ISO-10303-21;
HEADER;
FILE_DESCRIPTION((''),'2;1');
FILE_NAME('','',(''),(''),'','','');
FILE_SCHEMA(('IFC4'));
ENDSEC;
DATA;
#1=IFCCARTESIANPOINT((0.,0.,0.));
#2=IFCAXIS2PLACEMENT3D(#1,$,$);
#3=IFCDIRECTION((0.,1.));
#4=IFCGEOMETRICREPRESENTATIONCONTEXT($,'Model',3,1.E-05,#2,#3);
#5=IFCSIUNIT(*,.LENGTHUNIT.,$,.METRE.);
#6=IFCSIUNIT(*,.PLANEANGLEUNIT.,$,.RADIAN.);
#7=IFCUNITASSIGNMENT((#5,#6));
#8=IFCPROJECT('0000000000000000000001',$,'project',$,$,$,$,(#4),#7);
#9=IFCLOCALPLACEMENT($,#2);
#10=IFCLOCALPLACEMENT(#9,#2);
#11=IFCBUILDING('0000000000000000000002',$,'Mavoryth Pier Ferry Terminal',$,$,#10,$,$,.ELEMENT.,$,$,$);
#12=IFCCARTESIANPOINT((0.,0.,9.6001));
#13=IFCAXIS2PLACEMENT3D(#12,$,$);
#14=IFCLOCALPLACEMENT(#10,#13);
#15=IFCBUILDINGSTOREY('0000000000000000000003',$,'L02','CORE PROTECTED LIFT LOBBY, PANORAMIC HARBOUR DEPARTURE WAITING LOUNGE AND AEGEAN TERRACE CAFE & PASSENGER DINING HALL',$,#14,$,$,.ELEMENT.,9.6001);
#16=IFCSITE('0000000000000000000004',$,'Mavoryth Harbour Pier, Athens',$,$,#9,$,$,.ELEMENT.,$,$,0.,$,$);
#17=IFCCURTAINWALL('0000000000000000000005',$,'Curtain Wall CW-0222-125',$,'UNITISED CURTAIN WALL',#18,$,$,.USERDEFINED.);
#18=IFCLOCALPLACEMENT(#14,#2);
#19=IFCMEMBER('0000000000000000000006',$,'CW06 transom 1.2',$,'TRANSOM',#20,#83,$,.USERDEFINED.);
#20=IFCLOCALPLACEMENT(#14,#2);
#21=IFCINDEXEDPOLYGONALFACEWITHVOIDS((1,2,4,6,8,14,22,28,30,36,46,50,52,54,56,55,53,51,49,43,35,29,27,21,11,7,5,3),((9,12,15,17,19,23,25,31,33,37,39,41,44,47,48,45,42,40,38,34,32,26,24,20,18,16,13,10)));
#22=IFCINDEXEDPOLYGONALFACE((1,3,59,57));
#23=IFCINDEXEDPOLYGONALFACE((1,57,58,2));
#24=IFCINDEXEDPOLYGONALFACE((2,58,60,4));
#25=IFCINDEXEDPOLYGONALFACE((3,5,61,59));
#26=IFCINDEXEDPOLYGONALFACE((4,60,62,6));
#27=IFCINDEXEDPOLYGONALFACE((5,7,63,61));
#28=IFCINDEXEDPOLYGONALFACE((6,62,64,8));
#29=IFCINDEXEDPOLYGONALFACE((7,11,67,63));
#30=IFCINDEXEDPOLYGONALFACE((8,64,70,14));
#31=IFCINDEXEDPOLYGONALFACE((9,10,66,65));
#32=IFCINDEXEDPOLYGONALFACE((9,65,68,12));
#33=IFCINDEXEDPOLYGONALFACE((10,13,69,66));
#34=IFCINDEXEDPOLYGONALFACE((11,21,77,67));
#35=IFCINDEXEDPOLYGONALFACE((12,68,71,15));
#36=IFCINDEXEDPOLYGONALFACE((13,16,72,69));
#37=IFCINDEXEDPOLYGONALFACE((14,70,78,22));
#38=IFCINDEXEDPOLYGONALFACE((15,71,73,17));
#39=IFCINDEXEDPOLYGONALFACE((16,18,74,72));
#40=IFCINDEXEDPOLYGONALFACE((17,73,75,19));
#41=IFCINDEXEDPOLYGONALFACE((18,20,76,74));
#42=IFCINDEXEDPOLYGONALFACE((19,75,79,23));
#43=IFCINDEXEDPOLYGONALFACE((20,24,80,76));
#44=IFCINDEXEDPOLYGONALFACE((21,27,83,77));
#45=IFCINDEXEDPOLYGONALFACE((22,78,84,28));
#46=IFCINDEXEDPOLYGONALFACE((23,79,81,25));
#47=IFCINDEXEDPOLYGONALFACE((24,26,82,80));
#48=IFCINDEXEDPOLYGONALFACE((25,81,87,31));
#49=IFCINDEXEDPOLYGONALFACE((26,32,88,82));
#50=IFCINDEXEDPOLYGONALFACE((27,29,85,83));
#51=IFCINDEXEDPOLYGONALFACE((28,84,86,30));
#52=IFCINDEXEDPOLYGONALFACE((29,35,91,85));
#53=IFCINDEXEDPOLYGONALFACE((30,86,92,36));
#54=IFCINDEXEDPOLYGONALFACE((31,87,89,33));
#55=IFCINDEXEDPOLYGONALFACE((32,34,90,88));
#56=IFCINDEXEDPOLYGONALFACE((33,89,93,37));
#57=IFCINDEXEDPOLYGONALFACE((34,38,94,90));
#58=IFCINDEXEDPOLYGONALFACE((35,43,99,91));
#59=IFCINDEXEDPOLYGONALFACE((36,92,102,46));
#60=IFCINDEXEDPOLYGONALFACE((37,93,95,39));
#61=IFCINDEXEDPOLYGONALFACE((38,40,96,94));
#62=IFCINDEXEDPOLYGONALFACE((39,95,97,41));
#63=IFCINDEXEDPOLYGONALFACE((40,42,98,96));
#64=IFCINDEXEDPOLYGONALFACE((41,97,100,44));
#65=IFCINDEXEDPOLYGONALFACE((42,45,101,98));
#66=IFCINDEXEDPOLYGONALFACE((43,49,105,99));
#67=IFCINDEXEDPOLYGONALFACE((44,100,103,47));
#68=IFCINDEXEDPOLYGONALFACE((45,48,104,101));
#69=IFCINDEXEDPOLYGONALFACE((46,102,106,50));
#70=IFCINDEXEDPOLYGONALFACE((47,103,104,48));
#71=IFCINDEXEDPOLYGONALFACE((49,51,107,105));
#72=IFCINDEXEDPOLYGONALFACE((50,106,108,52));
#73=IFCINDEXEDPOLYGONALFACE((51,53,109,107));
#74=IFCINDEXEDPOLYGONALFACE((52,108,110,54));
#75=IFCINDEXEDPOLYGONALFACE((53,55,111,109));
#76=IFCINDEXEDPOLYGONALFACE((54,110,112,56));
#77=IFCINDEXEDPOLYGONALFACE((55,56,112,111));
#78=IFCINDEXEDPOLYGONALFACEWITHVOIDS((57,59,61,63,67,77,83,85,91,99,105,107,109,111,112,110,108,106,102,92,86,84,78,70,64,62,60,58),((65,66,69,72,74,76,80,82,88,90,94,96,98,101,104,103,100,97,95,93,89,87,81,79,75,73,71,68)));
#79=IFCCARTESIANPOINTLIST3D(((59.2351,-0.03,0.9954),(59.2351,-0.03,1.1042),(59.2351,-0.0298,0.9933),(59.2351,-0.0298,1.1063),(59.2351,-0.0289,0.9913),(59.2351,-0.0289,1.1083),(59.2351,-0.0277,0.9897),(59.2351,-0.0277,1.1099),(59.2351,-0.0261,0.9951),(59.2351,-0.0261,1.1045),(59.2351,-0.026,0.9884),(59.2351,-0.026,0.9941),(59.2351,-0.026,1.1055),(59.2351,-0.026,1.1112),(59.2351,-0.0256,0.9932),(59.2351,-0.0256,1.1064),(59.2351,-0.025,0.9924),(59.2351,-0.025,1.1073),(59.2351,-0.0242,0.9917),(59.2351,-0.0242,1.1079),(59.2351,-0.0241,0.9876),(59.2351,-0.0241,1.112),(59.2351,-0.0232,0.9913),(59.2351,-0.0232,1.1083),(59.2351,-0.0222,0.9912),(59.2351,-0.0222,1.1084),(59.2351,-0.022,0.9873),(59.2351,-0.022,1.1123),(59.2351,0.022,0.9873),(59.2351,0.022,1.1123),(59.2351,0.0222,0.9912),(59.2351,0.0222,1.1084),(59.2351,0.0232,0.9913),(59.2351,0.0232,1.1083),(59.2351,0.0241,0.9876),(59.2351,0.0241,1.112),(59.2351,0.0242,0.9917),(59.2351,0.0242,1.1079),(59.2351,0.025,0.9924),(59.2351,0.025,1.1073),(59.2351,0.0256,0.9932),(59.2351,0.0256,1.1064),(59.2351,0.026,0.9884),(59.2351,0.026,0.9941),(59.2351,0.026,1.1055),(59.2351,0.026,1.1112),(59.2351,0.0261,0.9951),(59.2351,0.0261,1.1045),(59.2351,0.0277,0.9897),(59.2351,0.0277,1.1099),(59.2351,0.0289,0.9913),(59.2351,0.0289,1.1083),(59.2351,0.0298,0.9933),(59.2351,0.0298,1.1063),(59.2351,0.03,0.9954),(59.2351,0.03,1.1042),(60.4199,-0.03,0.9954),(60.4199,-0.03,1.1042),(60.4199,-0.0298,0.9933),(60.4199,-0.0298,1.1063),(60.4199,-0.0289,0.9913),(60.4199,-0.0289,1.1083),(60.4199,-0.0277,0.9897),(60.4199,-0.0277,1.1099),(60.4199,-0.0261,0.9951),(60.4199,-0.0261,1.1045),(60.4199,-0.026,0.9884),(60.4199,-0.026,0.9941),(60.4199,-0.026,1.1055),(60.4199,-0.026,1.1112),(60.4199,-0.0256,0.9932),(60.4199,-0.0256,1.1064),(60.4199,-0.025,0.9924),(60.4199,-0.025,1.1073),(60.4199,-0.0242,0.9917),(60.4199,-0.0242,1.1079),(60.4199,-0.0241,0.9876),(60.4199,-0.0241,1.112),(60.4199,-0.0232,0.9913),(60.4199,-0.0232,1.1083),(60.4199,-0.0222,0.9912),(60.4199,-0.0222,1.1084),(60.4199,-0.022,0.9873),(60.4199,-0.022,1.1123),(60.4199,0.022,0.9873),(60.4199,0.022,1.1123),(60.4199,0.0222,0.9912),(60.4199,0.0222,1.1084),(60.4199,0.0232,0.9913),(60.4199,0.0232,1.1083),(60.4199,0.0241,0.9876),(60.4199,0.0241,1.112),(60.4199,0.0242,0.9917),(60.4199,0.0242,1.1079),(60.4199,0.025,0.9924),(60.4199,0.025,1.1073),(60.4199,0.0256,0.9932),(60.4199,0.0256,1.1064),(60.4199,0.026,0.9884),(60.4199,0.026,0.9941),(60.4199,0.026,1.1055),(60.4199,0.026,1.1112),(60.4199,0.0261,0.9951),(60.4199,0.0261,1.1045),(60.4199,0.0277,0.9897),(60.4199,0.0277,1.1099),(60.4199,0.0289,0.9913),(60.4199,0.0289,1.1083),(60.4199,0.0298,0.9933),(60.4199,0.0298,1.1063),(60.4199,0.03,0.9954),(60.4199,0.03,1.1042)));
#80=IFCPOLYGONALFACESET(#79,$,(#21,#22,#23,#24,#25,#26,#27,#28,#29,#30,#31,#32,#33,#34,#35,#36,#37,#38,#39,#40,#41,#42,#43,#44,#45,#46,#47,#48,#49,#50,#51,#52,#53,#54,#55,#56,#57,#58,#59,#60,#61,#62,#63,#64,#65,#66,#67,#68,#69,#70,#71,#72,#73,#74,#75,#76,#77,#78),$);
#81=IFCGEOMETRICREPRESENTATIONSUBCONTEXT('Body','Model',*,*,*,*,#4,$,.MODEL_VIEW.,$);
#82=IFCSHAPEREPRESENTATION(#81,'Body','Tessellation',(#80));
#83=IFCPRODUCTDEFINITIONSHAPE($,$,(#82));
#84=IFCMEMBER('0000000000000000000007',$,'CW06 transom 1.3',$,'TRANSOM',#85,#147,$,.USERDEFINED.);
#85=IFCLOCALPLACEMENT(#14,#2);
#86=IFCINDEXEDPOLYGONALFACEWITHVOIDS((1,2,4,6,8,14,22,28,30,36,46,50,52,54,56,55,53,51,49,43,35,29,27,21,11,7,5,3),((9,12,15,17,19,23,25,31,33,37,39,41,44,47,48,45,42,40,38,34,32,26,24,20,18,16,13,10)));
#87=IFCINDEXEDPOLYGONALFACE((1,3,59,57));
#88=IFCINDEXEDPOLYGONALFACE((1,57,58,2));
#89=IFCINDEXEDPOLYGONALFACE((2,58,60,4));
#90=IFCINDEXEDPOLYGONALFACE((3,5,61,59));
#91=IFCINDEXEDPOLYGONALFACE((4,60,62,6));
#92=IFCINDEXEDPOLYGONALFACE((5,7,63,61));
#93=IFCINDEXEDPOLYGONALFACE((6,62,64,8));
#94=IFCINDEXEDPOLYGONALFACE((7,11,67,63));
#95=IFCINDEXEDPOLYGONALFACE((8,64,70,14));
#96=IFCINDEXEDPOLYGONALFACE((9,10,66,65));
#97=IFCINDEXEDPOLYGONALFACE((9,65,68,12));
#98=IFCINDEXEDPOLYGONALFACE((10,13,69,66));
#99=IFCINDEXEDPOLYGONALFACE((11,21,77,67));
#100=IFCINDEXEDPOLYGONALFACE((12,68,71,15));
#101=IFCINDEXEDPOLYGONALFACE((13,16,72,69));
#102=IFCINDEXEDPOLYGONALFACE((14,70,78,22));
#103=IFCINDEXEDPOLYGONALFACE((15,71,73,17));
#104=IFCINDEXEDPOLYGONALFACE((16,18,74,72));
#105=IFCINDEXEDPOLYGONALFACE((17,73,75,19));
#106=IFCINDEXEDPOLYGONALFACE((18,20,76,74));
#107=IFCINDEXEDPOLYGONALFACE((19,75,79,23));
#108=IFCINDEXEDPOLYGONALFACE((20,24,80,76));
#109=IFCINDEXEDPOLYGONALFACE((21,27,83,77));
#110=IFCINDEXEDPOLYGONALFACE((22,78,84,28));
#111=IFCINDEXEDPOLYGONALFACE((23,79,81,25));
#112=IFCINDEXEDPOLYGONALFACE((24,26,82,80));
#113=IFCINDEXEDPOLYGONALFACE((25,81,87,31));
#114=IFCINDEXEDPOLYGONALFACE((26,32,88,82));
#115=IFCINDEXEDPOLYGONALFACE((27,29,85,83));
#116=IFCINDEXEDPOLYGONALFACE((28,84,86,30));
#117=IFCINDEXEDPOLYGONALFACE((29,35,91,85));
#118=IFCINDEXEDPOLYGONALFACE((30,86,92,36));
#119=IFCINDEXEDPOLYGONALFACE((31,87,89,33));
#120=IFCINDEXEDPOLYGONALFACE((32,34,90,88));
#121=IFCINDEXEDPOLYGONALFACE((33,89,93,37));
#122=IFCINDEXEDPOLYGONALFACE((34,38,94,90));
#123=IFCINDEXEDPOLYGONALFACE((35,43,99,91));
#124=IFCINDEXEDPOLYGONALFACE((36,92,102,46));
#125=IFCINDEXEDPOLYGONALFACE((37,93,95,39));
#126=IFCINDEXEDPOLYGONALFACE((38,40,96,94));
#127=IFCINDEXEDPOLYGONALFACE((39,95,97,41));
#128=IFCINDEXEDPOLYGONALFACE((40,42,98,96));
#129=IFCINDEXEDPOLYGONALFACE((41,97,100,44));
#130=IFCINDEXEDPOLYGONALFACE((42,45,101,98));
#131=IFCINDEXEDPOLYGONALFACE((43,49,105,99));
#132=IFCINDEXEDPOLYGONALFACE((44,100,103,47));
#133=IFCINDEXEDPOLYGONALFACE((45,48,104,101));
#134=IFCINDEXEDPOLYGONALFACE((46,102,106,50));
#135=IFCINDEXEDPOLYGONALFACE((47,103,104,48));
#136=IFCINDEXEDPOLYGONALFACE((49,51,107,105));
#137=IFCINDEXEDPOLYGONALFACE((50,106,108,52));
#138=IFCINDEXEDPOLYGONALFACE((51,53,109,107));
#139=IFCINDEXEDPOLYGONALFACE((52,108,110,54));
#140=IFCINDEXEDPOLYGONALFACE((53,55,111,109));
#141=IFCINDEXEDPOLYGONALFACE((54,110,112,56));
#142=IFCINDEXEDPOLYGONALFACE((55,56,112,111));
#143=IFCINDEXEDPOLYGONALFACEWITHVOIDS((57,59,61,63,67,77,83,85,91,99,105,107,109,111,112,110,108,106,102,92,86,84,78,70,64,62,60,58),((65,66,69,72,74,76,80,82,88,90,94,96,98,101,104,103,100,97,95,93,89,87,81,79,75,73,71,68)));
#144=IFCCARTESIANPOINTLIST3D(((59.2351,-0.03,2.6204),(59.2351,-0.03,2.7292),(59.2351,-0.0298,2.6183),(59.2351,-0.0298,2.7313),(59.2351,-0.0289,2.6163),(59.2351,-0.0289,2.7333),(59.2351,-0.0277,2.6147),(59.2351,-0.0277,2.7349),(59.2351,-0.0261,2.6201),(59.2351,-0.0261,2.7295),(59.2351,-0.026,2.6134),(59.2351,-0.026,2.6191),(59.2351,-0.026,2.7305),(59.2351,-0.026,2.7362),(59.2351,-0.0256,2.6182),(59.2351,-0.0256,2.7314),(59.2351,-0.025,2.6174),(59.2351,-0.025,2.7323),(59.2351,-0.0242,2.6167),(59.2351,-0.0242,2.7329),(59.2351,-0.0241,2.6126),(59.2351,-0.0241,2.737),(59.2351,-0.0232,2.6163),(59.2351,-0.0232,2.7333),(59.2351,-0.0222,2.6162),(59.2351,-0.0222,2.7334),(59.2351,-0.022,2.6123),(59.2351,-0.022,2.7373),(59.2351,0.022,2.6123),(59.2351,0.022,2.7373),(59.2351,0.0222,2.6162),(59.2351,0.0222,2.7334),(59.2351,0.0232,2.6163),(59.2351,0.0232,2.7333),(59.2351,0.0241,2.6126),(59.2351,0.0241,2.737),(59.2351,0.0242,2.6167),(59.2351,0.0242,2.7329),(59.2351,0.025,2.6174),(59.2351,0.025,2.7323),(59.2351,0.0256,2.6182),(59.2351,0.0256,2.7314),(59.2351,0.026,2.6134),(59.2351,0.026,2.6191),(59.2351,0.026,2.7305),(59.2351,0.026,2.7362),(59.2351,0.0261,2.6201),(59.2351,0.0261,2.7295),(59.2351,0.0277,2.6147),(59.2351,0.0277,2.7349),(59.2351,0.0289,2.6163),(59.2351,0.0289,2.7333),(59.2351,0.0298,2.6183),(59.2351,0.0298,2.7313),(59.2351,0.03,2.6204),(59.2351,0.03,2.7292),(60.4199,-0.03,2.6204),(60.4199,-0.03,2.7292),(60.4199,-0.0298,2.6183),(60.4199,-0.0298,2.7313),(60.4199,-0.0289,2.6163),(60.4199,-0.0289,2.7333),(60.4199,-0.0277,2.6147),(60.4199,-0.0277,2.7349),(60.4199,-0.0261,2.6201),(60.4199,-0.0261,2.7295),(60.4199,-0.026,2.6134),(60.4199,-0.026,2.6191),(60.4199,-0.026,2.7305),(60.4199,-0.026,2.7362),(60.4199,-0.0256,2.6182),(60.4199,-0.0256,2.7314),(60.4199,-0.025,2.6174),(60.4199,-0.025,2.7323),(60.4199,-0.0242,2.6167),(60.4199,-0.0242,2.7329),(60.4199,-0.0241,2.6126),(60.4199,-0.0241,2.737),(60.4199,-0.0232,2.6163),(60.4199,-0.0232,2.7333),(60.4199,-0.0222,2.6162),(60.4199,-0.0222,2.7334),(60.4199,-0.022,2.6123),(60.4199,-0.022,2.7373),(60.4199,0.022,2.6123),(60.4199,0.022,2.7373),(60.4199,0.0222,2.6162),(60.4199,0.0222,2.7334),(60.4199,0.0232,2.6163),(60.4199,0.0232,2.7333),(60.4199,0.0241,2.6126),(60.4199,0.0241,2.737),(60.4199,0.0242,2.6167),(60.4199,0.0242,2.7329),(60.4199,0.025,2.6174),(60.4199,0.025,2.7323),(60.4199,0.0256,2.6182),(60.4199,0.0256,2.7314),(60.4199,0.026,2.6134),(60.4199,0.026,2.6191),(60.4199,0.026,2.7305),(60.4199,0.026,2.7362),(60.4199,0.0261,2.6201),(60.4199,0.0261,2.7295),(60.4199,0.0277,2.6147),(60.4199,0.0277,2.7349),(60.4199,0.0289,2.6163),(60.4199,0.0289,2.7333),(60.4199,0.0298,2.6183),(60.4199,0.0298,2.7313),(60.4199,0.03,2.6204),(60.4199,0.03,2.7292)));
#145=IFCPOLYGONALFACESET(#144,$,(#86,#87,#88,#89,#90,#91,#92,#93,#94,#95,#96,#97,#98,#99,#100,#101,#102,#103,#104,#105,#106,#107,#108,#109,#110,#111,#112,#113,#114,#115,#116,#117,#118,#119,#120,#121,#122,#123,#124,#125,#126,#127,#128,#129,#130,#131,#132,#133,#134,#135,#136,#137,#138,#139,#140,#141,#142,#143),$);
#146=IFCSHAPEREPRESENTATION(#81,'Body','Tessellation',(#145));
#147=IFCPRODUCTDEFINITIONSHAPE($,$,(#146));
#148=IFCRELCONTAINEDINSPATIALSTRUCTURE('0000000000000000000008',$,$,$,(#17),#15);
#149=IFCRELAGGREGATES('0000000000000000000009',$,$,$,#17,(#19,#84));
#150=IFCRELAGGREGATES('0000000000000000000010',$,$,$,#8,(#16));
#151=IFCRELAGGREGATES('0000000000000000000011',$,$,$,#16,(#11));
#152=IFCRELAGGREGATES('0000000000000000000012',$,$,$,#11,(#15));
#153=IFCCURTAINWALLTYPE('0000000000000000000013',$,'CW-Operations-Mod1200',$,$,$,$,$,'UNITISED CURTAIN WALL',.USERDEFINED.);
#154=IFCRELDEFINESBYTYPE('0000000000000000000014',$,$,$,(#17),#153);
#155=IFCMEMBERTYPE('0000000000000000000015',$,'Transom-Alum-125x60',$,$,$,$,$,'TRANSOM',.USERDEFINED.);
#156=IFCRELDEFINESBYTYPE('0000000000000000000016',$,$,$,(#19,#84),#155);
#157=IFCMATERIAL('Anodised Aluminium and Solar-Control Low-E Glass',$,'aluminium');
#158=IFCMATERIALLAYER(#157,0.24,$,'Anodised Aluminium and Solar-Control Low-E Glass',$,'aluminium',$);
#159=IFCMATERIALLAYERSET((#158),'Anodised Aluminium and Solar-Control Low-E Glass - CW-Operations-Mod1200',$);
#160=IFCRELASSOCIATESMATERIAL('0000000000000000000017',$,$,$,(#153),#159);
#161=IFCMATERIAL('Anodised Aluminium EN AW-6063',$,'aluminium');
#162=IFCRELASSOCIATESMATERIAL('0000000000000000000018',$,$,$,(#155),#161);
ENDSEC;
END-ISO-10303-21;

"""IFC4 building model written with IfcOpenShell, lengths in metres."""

from ifc_helpers import new_model, si_unit, direction, frame, origin, origin_2d, place, context, subcontext, project, spatial, hollow_rectangle, extrude, material, layer, layer_set, material_profile, profile_set, type_object, element, aggregate, save


model = new_model("IFC4")

# Units and contexts
model_context = context("Model", 3, precision=1e-05, world=origin(), true_north=direction((0.0, 1.0)))
body_context = subcontext(model_context, "Body", "Model", "MODEL_VIEW")
ifc_project = project(units=[si_unit("LENGTHUNIT", "METRE"), si_unit("PLANEANGLEUNIT", "RADIAN")], contexts=[model_context])

# Site, building, storey
site_placement = place(None, origin())
site = spatial("IfcSite", under=ifc_project, at=site_placement, Name="Mavoryth Harbour Pier, Athens", CompositionType="ELEMENT", RefElevation=0.0)
building_placement = place(site_placement, origin())
building = spatial("IfcBuilding", under=site, at=building_placement, Name="Mavoryth Pier Ferry Terminal", CompositionType="ELEMENT")
storey_placement = place(building_placement, frame((0.0, 0.0, 9.6001)))
storey = spatial("IfcBuildingStorey", under=building, at=storey_placement, Name="L02", Description="CORE PROTECTED LIFT LOBBY, PANORAMIC HARBOUR DEPARTURE WAITING LOUNGE AND AEGEAN TERRACE CAFE & PASSENGER DINING HALL", CompositionType="ELEMENT", Elevation=9.6001)

# Shared definitions
ifc_material_1 = material(Name="Anodised Aluminium and Solar-Control Low-E Glass", Category="aluminium")
ifc_layer_1 = layer(ifc_material_1, 0.24, Name="Anodised Aluminium and Solar-Control Low-E Glass", Category="aluminium")
ifc_layer_set_1 = layer_set([ifc_layer_1], Name="Anodised Aluminium and Solar-Control Low-E Glass - CW-Operations-Mod1200")
curtain_wall_type = type_object("IfcCurtainWallType", Name="CW-Operations-Mod1200", ElementType="UNITISED CURTAIN WALL", PredefinedType="USERDEFINED", material=ifc_layer_set_1)
ifc_material_2 = material(Name="Anodised Aluminium EN AW-6063", Category="aluminium")

# Curtain wall
curtain_wall_1_placement = place(storey_placement, origin())
curtain_wall_1 = element("IfcCurtainWall", 1, at=curtain_wall_1_placement, inside=storey, type_object=curtain_wall_type, Name="Curtain Wall CW-0222-125", ObjectType="UNITISED CURTAIN WALL", PredefinedType="USERDEFINED")

# Members
ifc_material_profile_1 = material_profile(ifc_material_2, hollow_rectangle(XDim=0.0601, YDim=0.125, WallThickness=0.0039, InnerFilletRadius=0.0039, OuterFilletRadius=0.0081, at=origin_2d()), Name="AL-TRAN 125x60x4", Category="aluminium")
ifc_profile_set_1 = profile_set([ifc_material_profile_1], Name="Anodised Aluminium EN AW-6063 - AL-TRAN 125x60x4")
member_type_1 = type_object("IfcMemberType", Name="Transom-Alum-125x60", ElementType="TRANSOM", PredefinedType="USERDEFINED", material=ifc_profile_set_1)
member_1_placement = place(storey_placement, frame((59.2351, 0.0, 1.0498), z_axis=(1.0, 0.0, 0.0), x_axis=(0.0, 1.0, 0.0)))
member_1 = element("IfcMember", 2, at=member_1_placement, type_object=member_type_1, Name="CW06 transom 1.2", ObjectType="TRANSOM", PredefinedType="USERDEFINED", context=body_context, shape_type="SweptSolid", body=[
    extrude(hollow_rectangle(XDim=0.0601, YDim=0.125, WallThickness=0.0039, InnerFilletRadius=0.0039, OuterFilletRadius=0.0081, at=origin_2d()), origin(), (0.0, 0.0, 1.0), 1.1848),
])
member_2_placement = place(storey_placement, frame((59.2351, 0.0, 2.6748), z_axis=(1.0, 0.0, 0.0), x_axis=(0.0, 1.0, 0.0)))
member_2 = element("IfcMember", 3, at=member_2_placement, type_object=member_type_1, Name="CW06 transom 1.3", ObjectType="TRANSOM", PredefinedType="USERDEFINED", context=body_context, shape_type="SweptSolid", body=[
    extrude(hollow_rectangle(XDim=0.0601, YDim=0.125, WallThickness=0.0039, InnerFilletRadius=0.0039, OuterFilletRadius=0.0081, at=origin_2d()), origin(), (0.0, 0.0, 1.0), 1.1848),
])

aggregate(curtain_wall_1, [member_1, member_2])

save(model, "model.ifc")
